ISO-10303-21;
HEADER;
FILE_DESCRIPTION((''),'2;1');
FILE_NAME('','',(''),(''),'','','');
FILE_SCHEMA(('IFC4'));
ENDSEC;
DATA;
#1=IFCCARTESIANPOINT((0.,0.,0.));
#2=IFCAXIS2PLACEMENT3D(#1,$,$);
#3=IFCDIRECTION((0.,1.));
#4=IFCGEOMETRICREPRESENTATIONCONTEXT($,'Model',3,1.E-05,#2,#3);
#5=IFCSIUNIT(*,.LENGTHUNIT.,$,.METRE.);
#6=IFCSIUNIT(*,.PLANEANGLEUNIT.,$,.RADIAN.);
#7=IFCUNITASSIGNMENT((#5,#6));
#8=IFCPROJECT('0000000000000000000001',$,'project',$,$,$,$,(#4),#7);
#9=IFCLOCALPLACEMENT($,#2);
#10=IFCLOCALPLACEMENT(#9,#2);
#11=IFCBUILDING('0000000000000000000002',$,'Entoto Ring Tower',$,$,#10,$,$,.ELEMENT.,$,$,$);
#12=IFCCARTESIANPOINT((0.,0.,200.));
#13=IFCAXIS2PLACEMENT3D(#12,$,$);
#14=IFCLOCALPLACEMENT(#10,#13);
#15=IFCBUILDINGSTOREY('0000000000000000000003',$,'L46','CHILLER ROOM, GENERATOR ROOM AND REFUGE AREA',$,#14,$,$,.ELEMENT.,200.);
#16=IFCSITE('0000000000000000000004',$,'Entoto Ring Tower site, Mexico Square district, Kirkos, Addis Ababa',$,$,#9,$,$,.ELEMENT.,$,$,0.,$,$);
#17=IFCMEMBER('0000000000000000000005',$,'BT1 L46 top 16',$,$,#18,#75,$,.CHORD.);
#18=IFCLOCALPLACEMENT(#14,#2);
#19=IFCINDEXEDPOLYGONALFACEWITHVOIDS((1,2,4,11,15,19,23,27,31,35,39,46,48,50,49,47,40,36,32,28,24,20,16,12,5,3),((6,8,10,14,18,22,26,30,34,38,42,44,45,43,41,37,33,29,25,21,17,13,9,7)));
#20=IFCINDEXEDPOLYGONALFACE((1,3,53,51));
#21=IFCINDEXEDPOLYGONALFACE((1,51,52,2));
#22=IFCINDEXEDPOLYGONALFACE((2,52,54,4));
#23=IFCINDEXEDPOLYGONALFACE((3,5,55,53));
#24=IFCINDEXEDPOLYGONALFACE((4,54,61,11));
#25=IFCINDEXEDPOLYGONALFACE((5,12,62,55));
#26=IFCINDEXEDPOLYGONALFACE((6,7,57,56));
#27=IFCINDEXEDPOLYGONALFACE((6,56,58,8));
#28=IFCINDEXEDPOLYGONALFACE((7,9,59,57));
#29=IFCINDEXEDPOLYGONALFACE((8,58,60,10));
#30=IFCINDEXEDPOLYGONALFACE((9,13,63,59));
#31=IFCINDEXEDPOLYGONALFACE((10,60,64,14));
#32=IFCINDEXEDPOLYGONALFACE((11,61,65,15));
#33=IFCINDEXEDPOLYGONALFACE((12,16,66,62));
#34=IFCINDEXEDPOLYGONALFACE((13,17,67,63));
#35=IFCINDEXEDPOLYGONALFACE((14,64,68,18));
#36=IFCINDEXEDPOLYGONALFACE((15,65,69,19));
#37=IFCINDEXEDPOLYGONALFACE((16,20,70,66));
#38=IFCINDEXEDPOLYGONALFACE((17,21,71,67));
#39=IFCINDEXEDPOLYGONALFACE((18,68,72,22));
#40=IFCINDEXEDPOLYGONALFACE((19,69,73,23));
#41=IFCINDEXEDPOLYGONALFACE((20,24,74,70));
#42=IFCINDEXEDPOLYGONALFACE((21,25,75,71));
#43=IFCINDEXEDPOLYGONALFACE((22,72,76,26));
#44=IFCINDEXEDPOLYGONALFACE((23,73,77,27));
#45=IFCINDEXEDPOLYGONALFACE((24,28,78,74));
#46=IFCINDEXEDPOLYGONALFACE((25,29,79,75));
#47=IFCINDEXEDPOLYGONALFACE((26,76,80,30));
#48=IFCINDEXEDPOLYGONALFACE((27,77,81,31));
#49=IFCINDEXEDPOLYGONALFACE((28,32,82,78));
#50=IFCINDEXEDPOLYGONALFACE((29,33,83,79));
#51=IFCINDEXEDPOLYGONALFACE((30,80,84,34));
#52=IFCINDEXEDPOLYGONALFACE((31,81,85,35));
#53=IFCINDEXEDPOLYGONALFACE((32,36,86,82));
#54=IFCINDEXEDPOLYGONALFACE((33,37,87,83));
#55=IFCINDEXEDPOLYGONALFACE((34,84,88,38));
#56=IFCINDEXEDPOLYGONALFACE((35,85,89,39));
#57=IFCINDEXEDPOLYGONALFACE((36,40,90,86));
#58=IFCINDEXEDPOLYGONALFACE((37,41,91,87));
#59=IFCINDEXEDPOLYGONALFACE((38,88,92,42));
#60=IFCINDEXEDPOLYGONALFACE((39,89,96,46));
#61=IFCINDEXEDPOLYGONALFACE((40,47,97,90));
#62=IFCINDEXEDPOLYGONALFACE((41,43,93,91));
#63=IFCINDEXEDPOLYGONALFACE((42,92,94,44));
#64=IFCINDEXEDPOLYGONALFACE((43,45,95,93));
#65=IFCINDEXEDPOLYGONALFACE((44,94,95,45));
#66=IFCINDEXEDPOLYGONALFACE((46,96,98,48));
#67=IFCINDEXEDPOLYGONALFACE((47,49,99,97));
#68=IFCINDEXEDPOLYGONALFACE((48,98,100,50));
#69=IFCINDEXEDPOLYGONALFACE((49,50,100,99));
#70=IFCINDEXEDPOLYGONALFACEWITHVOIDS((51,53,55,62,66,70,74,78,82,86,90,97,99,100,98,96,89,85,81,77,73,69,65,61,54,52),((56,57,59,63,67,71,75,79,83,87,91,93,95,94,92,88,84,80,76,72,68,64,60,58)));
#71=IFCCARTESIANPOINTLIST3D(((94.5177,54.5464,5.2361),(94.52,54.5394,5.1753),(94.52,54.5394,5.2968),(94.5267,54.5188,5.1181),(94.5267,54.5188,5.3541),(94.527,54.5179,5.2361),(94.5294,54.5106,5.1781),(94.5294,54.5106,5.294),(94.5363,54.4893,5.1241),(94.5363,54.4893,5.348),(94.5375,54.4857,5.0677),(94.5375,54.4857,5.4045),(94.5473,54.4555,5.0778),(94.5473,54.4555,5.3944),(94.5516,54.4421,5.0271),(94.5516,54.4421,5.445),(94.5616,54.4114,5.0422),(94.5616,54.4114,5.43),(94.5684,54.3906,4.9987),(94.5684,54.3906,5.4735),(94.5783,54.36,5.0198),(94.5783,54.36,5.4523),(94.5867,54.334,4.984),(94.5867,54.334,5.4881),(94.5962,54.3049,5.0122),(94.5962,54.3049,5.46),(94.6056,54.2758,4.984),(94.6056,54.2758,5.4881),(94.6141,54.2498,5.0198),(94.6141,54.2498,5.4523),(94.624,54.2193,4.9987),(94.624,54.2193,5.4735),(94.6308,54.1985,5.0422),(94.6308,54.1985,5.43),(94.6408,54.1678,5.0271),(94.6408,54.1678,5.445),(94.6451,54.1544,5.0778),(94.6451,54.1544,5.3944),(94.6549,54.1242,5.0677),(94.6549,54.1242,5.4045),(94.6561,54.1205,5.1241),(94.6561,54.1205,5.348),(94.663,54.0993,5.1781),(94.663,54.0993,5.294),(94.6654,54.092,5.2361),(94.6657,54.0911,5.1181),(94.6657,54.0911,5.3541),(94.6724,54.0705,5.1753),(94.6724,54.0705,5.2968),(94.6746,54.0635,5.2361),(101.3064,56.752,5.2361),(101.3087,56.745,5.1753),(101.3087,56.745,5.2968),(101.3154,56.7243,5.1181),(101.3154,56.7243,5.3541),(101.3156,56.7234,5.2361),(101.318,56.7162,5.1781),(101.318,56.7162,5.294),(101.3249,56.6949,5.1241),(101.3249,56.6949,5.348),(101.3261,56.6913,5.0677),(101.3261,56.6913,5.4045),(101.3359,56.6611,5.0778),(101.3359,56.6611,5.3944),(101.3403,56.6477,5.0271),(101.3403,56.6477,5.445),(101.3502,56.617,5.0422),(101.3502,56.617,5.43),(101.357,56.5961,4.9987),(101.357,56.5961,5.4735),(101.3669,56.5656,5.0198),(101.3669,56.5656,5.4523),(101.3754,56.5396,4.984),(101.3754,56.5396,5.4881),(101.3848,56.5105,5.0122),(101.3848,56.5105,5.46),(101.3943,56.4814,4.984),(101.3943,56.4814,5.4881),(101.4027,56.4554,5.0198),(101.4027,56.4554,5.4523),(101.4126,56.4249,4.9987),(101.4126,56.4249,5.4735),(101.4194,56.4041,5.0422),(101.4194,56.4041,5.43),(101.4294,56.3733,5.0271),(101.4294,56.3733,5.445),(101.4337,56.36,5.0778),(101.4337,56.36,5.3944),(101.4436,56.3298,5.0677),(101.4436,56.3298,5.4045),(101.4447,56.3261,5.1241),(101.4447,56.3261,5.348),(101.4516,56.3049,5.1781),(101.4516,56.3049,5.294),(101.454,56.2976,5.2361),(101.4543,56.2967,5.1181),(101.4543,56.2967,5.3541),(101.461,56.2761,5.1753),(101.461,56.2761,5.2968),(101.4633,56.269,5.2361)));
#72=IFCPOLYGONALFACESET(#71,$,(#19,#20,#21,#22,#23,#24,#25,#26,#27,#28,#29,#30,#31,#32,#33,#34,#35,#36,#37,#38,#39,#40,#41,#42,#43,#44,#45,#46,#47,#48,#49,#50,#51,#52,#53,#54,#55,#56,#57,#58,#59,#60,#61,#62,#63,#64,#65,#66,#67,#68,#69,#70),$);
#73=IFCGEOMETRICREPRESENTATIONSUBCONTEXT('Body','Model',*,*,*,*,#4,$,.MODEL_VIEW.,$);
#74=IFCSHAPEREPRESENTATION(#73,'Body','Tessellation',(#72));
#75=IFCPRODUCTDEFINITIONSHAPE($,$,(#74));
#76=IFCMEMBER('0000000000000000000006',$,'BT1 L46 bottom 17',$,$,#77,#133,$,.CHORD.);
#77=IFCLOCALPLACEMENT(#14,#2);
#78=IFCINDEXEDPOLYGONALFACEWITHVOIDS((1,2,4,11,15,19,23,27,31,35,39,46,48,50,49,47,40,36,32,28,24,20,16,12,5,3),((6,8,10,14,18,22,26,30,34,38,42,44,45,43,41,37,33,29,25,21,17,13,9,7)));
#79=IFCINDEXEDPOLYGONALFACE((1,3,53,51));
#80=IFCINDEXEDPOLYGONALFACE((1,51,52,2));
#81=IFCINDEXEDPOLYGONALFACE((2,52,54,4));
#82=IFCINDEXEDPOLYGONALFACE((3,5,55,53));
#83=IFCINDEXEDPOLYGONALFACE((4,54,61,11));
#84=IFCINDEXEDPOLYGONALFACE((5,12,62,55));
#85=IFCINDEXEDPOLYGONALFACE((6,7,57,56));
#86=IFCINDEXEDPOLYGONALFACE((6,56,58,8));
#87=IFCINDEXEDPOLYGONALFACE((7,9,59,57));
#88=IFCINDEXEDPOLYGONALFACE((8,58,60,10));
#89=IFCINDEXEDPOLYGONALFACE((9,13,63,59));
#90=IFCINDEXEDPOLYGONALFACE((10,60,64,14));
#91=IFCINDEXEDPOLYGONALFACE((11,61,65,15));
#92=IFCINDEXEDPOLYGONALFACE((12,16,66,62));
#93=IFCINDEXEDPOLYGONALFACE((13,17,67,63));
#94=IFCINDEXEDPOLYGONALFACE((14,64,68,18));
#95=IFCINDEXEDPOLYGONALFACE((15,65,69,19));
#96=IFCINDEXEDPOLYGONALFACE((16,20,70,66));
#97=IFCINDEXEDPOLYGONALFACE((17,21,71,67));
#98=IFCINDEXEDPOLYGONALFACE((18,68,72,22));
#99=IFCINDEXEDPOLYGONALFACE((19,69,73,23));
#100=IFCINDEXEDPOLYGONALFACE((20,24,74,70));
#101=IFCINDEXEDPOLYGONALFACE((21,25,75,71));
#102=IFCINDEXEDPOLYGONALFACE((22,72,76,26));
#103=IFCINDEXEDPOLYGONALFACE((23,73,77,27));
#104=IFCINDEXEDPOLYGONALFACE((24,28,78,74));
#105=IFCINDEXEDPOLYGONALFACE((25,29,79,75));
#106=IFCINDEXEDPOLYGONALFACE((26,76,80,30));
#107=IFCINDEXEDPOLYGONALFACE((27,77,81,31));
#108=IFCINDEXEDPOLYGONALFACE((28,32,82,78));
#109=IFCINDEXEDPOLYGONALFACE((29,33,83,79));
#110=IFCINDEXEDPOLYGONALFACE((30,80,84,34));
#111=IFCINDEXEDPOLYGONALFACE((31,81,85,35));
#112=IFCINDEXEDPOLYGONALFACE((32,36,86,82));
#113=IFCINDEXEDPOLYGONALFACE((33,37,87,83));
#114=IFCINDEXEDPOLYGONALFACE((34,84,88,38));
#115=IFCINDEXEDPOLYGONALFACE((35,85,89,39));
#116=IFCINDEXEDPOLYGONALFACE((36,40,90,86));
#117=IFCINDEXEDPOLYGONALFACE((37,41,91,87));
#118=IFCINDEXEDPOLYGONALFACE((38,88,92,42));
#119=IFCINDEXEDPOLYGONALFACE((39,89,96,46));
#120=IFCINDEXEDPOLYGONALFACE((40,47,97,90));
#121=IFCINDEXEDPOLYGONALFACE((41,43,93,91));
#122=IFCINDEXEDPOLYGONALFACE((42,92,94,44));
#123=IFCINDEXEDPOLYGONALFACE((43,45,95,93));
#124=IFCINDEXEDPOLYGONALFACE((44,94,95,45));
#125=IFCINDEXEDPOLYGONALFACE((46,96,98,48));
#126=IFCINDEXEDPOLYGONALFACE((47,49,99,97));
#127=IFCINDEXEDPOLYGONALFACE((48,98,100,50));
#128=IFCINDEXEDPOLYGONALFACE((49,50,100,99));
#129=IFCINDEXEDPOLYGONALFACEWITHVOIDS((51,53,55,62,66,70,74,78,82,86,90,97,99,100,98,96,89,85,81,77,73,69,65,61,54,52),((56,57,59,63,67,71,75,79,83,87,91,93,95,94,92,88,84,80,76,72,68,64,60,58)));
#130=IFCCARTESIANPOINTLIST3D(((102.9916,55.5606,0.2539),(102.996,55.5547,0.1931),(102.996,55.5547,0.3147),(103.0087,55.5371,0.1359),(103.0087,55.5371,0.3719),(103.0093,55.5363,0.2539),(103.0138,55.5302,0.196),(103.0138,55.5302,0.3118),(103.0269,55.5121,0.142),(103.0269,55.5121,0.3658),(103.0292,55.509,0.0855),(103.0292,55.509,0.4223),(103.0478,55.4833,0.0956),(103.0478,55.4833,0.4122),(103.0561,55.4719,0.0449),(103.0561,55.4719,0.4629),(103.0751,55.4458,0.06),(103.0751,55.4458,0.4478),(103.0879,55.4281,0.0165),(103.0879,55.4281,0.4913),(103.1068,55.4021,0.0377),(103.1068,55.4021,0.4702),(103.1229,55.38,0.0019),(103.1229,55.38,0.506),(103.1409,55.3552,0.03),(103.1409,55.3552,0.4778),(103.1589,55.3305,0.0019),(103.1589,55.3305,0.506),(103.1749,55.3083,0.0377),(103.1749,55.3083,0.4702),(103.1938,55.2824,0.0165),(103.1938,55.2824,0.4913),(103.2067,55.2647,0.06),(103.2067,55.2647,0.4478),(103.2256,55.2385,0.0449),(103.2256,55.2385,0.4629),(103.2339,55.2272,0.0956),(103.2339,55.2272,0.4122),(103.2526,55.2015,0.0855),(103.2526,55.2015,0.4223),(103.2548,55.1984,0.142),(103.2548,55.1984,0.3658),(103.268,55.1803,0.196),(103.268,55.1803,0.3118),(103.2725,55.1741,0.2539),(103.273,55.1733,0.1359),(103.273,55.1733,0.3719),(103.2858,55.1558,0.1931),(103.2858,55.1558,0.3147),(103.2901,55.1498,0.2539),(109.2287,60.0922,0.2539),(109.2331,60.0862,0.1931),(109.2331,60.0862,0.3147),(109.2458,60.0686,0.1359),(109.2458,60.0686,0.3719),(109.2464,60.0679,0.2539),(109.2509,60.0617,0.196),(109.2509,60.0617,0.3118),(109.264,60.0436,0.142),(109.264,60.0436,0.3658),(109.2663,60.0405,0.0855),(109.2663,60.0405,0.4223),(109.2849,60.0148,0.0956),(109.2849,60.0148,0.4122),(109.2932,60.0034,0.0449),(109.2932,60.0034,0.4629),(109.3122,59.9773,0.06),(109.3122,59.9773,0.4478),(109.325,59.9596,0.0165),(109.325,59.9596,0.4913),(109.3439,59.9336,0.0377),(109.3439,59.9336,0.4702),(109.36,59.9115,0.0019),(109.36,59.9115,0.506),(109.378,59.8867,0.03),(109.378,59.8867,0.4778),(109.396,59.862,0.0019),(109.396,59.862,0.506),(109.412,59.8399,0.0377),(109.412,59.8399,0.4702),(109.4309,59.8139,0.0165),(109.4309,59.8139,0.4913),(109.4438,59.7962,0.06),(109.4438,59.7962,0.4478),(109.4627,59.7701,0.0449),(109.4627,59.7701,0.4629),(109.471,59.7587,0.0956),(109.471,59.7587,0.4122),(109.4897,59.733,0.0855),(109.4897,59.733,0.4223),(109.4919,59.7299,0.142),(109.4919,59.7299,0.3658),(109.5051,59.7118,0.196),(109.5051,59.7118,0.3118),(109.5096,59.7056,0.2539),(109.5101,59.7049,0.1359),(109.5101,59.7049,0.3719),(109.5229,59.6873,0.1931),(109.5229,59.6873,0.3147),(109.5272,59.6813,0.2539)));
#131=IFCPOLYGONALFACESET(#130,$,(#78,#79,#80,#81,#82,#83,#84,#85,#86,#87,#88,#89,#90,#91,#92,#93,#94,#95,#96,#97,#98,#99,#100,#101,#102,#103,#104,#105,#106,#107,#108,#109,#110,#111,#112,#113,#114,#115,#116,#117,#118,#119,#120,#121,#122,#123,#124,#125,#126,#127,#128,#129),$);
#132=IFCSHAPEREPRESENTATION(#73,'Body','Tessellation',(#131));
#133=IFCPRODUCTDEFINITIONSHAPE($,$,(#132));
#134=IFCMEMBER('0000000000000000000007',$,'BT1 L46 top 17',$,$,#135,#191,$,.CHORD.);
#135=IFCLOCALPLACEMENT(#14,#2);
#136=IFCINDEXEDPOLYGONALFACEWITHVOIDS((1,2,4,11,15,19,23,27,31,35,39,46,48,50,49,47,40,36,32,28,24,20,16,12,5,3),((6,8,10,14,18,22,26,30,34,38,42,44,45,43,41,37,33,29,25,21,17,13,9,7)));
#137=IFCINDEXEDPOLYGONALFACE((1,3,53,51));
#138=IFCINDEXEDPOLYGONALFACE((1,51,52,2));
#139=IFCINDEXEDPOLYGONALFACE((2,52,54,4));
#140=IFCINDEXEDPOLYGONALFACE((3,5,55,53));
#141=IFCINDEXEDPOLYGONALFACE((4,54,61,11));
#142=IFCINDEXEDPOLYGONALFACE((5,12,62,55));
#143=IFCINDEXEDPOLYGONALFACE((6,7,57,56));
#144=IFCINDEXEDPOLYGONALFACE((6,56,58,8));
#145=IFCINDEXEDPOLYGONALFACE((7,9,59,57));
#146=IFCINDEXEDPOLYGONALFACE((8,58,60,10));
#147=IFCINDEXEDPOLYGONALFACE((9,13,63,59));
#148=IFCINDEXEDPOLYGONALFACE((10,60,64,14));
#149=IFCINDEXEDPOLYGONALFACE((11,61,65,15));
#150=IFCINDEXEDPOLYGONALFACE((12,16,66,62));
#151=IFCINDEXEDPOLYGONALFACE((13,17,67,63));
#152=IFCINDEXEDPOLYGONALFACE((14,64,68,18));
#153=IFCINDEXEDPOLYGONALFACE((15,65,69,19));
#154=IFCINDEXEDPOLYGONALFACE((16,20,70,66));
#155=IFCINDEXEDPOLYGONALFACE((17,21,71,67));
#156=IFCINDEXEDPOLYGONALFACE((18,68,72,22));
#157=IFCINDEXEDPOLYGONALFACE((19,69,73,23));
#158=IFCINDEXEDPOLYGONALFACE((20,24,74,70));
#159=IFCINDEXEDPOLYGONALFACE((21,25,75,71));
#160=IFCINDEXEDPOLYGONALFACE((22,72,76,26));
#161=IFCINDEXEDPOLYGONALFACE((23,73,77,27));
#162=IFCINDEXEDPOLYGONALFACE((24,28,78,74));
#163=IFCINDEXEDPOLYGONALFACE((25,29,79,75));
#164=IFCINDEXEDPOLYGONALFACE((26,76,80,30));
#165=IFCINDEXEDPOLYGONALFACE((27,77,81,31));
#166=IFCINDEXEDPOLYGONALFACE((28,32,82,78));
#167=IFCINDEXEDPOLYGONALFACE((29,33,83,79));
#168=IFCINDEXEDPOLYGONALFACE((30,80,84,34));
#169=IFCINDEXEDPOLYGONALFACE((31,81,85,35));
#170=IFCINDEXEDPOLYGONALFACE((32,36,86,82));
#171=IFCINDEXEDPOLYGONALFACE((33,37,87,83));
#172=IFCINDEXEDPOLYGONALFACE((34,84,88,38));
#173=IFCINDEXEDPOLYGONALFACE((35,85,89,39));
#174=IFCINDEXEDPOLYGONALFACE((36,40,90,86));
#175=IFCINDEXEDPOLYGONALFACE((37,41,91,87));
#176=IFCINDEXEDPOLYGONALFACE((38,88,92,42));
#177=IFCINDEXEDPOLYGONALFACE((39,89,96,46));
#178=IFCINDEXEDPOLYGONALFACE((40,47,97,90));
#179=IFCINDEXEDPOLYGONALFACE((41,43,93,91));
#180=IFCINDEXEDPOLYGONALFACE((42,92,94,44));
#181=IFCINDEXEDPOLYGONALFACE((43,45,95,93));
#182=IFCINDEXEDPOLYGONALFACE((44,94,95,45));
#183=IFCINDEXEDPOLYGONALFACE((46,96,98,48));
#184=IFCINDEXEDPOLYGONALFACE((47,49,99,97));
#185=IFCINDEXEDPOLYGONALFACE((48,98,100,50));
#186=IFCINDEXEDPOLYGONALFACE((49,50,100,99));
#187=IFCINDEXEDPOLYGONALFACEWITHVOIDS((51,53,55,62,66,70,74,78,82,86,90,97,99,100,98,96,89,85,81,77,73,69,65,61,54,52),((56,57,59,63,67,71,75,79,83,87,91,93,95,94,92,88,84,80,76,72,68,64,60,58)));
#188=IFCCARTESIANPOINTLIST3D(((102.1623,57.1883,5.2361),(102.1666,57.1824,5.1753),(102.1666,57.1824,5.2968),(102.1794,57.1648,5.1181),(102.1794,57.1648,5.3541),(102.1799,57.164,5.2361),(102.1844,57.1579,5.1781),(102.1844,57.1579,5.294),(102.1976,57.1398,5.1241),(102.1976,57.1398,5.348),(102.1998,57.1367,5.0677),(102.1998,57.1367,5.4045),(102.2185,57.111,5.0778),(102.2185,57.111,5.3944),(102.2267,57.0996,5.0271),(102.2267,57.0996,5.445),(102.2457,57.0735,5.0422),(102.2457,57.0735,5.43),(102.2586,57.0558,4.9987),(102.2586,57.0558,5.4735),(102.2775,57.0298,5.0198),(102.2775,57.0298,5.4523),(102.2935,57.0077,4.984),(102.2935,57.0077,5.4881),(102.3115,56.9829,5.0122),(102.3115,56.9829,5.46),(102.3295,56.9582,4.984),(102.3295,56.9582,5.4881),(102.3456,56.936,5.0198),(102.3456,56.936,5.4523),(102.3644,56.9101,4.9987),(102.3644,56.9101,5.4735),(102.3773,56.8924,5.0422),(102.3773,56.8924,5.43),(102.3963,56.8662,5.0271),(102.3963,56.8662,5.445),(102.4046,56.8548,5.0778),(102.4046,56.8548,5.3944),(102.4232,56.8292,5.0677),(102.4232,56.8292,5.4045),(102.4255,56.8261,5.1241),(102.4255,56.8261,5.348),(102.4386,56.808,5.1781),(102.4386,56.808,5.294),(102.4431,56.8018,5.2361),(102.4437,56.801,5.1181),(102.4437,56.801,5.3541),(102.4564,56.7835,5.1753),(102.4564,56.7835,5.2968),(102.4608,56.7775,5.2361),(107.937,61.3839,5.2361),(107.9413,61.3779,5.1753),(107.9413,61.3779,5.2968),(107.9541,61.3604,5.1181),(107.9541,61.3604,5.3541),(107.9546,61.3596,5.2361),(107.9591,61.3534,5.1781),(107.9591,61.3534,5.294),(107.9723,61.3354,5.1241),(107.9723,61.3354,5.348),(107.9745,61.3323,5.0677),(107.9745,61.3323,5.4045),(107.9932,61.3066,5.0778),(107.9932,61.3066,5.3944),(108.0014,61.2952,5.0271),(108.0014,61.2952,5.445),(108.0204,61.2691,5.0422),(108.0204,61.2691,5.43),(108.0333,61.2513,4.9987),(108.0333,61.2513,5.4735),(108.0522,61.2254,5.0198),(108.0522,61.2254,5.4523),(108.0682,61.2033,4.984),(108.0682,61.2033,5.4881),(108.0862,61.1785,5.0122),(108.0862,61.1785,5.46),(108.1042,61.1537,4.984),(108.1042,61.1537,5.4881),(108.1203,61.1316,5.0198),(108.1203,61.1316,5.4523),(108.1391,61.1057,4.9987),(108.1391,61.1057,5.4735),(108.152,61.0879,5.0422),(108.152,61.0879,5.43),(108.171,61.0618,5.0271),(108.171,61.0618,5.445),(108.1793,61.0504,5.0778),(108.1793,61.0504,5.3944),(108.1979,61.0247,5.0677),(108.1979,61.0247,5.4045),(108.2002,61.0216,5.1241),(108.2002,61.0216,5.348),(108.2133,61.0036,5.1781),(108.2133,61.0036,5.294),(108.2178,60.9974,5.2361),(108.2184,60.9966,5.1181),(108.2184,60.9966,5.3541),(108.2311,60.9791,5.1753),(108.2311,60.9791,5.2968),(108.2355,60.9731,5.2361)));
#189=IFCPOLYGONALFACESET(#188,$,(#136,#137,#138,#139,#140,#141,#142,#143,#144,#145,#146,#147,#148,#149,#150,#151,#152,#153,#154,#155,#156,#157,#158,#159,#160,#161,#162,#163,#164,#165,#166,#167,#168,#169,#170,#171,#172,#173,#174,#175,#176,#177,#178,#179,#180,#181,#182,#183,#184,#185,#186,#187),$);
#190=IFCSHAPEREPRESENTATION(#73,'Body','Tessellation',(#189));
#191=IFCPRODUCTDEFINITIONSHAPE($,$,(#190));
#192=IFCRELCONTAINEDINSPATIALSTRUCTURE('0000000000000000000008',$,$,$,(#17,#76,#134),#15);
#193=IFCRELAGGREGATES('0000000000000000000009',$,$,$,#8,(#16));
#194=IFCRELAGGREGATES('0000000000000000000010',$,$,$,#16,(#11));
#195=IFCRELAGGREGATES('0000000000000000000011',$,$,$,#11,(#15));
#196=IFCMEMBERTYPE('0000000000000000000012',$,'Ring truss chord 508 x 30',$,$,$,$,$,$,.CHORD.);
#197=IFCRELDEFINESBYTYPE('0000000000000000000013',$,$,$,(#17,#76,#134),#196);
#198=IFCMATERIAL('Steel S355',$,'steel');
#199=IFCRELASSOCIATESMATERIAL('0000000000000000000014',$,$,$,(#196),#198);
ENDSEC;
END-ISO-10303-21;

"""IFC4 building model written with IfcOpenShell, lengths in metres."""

from ifc_helpers import new_model, si_unit, direction, frame, origin, origin_2d, place, context, subcontext, project, spatial, circle, hollow_circle, extrude, material, material_profile, profile_set, type_object, element, save


model = new_model("IFC4")

# Units and contexts
model_context = context("Model", 3, precision=1e-05, world=origin(), true_north=direction((0.0, 1.0)))
body_context = subcontext(model_context, "Body", "Model", "MODEL_VIEW")
ifc_project = project(units=[si_unit("LENGTHUNIT", "METRE"), si_unit("PLANEANGLEUNIT", "RADIAN")], contexts=[model_context])

# Site, building, storey
site_placement = place(None, origin())
site = spatial("IfcSite", under=ifc_project, at=site_placement, Name="Entoto Ring Tower site, Mexico Square district, Kirkos, Addis Ababa", CompositionType="ELEMENT", RefElevation=0.0)
building_placement = place(site_placement, origin())
building = spatial("IfcBuilding", under=site, at=building_placement, Name="Entoto Ring Tower", CompositionType="ELEMENT")
storey_placement = place(building_placement, frame((0.0, 0.0, 200.0)))
storey = spatial("IfcBuildingStorey", under=building, at=storey_placement, Name="L46", Description="CHILLER ROOM, GENERATOR ROOM AND REFUGE AREA", CompositionType="ELEMENT", Elevation=200.0)

# Members
ifc_material_1 = material(Name="Steel S355", Category="steel")
ifc_material_profile_1 = material_profile(ifc_material_1, hollow_circle(Radius=0.2539, WallThickness=0.03, at=origin_2d()), Name="CHS 508 x 30")
ifc_material_2 = material(Name="Concrete C60/75", Category="concrete")
ifc_material_profile_2 = material_profile(ifc_material_2, circle(Radius=0.2241, at=origin_2d()), Name="Concrete C60/75 infill")
ifc_profile_set_1 = profile_set([ifc_material_profile_1, ifc_material_profile_2], Name="Steel S355")
member_type_1 = type_object("IfcMemberType", Name="Ring truss chord 508 x 30", PredefinedType="CHORD", material=ifc_profile_set_1)
member_1_placement = place(storey_placement, frame((94.5962, 54.3049, 5.2361), z_axis=(0.951064, 0.308995, 0.0), x_axis=(-0.308995, 0.951064, 0.0)))
element("IfcMember", 1, at=member_1_placement, inside=storey, type_object=member_type_1, Name="BT1 L46 top 16", PredefinedType="CHORD", context=body_context, shape_type="SweptSolid", body=[
    extrude(hollow_circle(Radius=0.2539, WallThickness=0.03, at=origin_2d()), origin(), (0.0, 0.0, 1.0), 7.1379),
])
member_2_placement = place(storey_placement, frame((103.1409, 55.3552, 0.2539), z_axis=(0.809017, 0.587786, 0.0), x_axis=(-0.587786, 0.809017, 0.0)))
element("IfcMember", 2, at=member_2_placement, inside=storey, type_object=member_type_1, Name="BT1 L46 bottom 17", PredefinedType="CHORD", context=body_context, shape_type="SweptSolid", body=[
    extrude(hollow_circle(Radius=0.2539, WallThickness=0.03, at=origin_2d()), origin(), (0.0, 0.0, 1.0), 7.7095),
])
member_3_placement = place(storey_placement, frame((102.3115, 56.9829, 5.2361), z_axis=(0.809016, 0.587787, 0.0), x_axis=(-0.587787, 0.809016, 0.0)))
element("IfcMember", 3, at=member_3_placement, inside=storey, type_object=member_type_1, Name="BT1 L46 top 17", PredefinedType="CHORD", context=body_context, shape_type="SweptSolid", body=[
    extrude(hollow_circle(Radius=0.2539, WallThickness=0.03, at=origin_2d()), origin(), (0.0, 0.0, 1.0), 7.1379),
])

save(model, "model.ifc")
